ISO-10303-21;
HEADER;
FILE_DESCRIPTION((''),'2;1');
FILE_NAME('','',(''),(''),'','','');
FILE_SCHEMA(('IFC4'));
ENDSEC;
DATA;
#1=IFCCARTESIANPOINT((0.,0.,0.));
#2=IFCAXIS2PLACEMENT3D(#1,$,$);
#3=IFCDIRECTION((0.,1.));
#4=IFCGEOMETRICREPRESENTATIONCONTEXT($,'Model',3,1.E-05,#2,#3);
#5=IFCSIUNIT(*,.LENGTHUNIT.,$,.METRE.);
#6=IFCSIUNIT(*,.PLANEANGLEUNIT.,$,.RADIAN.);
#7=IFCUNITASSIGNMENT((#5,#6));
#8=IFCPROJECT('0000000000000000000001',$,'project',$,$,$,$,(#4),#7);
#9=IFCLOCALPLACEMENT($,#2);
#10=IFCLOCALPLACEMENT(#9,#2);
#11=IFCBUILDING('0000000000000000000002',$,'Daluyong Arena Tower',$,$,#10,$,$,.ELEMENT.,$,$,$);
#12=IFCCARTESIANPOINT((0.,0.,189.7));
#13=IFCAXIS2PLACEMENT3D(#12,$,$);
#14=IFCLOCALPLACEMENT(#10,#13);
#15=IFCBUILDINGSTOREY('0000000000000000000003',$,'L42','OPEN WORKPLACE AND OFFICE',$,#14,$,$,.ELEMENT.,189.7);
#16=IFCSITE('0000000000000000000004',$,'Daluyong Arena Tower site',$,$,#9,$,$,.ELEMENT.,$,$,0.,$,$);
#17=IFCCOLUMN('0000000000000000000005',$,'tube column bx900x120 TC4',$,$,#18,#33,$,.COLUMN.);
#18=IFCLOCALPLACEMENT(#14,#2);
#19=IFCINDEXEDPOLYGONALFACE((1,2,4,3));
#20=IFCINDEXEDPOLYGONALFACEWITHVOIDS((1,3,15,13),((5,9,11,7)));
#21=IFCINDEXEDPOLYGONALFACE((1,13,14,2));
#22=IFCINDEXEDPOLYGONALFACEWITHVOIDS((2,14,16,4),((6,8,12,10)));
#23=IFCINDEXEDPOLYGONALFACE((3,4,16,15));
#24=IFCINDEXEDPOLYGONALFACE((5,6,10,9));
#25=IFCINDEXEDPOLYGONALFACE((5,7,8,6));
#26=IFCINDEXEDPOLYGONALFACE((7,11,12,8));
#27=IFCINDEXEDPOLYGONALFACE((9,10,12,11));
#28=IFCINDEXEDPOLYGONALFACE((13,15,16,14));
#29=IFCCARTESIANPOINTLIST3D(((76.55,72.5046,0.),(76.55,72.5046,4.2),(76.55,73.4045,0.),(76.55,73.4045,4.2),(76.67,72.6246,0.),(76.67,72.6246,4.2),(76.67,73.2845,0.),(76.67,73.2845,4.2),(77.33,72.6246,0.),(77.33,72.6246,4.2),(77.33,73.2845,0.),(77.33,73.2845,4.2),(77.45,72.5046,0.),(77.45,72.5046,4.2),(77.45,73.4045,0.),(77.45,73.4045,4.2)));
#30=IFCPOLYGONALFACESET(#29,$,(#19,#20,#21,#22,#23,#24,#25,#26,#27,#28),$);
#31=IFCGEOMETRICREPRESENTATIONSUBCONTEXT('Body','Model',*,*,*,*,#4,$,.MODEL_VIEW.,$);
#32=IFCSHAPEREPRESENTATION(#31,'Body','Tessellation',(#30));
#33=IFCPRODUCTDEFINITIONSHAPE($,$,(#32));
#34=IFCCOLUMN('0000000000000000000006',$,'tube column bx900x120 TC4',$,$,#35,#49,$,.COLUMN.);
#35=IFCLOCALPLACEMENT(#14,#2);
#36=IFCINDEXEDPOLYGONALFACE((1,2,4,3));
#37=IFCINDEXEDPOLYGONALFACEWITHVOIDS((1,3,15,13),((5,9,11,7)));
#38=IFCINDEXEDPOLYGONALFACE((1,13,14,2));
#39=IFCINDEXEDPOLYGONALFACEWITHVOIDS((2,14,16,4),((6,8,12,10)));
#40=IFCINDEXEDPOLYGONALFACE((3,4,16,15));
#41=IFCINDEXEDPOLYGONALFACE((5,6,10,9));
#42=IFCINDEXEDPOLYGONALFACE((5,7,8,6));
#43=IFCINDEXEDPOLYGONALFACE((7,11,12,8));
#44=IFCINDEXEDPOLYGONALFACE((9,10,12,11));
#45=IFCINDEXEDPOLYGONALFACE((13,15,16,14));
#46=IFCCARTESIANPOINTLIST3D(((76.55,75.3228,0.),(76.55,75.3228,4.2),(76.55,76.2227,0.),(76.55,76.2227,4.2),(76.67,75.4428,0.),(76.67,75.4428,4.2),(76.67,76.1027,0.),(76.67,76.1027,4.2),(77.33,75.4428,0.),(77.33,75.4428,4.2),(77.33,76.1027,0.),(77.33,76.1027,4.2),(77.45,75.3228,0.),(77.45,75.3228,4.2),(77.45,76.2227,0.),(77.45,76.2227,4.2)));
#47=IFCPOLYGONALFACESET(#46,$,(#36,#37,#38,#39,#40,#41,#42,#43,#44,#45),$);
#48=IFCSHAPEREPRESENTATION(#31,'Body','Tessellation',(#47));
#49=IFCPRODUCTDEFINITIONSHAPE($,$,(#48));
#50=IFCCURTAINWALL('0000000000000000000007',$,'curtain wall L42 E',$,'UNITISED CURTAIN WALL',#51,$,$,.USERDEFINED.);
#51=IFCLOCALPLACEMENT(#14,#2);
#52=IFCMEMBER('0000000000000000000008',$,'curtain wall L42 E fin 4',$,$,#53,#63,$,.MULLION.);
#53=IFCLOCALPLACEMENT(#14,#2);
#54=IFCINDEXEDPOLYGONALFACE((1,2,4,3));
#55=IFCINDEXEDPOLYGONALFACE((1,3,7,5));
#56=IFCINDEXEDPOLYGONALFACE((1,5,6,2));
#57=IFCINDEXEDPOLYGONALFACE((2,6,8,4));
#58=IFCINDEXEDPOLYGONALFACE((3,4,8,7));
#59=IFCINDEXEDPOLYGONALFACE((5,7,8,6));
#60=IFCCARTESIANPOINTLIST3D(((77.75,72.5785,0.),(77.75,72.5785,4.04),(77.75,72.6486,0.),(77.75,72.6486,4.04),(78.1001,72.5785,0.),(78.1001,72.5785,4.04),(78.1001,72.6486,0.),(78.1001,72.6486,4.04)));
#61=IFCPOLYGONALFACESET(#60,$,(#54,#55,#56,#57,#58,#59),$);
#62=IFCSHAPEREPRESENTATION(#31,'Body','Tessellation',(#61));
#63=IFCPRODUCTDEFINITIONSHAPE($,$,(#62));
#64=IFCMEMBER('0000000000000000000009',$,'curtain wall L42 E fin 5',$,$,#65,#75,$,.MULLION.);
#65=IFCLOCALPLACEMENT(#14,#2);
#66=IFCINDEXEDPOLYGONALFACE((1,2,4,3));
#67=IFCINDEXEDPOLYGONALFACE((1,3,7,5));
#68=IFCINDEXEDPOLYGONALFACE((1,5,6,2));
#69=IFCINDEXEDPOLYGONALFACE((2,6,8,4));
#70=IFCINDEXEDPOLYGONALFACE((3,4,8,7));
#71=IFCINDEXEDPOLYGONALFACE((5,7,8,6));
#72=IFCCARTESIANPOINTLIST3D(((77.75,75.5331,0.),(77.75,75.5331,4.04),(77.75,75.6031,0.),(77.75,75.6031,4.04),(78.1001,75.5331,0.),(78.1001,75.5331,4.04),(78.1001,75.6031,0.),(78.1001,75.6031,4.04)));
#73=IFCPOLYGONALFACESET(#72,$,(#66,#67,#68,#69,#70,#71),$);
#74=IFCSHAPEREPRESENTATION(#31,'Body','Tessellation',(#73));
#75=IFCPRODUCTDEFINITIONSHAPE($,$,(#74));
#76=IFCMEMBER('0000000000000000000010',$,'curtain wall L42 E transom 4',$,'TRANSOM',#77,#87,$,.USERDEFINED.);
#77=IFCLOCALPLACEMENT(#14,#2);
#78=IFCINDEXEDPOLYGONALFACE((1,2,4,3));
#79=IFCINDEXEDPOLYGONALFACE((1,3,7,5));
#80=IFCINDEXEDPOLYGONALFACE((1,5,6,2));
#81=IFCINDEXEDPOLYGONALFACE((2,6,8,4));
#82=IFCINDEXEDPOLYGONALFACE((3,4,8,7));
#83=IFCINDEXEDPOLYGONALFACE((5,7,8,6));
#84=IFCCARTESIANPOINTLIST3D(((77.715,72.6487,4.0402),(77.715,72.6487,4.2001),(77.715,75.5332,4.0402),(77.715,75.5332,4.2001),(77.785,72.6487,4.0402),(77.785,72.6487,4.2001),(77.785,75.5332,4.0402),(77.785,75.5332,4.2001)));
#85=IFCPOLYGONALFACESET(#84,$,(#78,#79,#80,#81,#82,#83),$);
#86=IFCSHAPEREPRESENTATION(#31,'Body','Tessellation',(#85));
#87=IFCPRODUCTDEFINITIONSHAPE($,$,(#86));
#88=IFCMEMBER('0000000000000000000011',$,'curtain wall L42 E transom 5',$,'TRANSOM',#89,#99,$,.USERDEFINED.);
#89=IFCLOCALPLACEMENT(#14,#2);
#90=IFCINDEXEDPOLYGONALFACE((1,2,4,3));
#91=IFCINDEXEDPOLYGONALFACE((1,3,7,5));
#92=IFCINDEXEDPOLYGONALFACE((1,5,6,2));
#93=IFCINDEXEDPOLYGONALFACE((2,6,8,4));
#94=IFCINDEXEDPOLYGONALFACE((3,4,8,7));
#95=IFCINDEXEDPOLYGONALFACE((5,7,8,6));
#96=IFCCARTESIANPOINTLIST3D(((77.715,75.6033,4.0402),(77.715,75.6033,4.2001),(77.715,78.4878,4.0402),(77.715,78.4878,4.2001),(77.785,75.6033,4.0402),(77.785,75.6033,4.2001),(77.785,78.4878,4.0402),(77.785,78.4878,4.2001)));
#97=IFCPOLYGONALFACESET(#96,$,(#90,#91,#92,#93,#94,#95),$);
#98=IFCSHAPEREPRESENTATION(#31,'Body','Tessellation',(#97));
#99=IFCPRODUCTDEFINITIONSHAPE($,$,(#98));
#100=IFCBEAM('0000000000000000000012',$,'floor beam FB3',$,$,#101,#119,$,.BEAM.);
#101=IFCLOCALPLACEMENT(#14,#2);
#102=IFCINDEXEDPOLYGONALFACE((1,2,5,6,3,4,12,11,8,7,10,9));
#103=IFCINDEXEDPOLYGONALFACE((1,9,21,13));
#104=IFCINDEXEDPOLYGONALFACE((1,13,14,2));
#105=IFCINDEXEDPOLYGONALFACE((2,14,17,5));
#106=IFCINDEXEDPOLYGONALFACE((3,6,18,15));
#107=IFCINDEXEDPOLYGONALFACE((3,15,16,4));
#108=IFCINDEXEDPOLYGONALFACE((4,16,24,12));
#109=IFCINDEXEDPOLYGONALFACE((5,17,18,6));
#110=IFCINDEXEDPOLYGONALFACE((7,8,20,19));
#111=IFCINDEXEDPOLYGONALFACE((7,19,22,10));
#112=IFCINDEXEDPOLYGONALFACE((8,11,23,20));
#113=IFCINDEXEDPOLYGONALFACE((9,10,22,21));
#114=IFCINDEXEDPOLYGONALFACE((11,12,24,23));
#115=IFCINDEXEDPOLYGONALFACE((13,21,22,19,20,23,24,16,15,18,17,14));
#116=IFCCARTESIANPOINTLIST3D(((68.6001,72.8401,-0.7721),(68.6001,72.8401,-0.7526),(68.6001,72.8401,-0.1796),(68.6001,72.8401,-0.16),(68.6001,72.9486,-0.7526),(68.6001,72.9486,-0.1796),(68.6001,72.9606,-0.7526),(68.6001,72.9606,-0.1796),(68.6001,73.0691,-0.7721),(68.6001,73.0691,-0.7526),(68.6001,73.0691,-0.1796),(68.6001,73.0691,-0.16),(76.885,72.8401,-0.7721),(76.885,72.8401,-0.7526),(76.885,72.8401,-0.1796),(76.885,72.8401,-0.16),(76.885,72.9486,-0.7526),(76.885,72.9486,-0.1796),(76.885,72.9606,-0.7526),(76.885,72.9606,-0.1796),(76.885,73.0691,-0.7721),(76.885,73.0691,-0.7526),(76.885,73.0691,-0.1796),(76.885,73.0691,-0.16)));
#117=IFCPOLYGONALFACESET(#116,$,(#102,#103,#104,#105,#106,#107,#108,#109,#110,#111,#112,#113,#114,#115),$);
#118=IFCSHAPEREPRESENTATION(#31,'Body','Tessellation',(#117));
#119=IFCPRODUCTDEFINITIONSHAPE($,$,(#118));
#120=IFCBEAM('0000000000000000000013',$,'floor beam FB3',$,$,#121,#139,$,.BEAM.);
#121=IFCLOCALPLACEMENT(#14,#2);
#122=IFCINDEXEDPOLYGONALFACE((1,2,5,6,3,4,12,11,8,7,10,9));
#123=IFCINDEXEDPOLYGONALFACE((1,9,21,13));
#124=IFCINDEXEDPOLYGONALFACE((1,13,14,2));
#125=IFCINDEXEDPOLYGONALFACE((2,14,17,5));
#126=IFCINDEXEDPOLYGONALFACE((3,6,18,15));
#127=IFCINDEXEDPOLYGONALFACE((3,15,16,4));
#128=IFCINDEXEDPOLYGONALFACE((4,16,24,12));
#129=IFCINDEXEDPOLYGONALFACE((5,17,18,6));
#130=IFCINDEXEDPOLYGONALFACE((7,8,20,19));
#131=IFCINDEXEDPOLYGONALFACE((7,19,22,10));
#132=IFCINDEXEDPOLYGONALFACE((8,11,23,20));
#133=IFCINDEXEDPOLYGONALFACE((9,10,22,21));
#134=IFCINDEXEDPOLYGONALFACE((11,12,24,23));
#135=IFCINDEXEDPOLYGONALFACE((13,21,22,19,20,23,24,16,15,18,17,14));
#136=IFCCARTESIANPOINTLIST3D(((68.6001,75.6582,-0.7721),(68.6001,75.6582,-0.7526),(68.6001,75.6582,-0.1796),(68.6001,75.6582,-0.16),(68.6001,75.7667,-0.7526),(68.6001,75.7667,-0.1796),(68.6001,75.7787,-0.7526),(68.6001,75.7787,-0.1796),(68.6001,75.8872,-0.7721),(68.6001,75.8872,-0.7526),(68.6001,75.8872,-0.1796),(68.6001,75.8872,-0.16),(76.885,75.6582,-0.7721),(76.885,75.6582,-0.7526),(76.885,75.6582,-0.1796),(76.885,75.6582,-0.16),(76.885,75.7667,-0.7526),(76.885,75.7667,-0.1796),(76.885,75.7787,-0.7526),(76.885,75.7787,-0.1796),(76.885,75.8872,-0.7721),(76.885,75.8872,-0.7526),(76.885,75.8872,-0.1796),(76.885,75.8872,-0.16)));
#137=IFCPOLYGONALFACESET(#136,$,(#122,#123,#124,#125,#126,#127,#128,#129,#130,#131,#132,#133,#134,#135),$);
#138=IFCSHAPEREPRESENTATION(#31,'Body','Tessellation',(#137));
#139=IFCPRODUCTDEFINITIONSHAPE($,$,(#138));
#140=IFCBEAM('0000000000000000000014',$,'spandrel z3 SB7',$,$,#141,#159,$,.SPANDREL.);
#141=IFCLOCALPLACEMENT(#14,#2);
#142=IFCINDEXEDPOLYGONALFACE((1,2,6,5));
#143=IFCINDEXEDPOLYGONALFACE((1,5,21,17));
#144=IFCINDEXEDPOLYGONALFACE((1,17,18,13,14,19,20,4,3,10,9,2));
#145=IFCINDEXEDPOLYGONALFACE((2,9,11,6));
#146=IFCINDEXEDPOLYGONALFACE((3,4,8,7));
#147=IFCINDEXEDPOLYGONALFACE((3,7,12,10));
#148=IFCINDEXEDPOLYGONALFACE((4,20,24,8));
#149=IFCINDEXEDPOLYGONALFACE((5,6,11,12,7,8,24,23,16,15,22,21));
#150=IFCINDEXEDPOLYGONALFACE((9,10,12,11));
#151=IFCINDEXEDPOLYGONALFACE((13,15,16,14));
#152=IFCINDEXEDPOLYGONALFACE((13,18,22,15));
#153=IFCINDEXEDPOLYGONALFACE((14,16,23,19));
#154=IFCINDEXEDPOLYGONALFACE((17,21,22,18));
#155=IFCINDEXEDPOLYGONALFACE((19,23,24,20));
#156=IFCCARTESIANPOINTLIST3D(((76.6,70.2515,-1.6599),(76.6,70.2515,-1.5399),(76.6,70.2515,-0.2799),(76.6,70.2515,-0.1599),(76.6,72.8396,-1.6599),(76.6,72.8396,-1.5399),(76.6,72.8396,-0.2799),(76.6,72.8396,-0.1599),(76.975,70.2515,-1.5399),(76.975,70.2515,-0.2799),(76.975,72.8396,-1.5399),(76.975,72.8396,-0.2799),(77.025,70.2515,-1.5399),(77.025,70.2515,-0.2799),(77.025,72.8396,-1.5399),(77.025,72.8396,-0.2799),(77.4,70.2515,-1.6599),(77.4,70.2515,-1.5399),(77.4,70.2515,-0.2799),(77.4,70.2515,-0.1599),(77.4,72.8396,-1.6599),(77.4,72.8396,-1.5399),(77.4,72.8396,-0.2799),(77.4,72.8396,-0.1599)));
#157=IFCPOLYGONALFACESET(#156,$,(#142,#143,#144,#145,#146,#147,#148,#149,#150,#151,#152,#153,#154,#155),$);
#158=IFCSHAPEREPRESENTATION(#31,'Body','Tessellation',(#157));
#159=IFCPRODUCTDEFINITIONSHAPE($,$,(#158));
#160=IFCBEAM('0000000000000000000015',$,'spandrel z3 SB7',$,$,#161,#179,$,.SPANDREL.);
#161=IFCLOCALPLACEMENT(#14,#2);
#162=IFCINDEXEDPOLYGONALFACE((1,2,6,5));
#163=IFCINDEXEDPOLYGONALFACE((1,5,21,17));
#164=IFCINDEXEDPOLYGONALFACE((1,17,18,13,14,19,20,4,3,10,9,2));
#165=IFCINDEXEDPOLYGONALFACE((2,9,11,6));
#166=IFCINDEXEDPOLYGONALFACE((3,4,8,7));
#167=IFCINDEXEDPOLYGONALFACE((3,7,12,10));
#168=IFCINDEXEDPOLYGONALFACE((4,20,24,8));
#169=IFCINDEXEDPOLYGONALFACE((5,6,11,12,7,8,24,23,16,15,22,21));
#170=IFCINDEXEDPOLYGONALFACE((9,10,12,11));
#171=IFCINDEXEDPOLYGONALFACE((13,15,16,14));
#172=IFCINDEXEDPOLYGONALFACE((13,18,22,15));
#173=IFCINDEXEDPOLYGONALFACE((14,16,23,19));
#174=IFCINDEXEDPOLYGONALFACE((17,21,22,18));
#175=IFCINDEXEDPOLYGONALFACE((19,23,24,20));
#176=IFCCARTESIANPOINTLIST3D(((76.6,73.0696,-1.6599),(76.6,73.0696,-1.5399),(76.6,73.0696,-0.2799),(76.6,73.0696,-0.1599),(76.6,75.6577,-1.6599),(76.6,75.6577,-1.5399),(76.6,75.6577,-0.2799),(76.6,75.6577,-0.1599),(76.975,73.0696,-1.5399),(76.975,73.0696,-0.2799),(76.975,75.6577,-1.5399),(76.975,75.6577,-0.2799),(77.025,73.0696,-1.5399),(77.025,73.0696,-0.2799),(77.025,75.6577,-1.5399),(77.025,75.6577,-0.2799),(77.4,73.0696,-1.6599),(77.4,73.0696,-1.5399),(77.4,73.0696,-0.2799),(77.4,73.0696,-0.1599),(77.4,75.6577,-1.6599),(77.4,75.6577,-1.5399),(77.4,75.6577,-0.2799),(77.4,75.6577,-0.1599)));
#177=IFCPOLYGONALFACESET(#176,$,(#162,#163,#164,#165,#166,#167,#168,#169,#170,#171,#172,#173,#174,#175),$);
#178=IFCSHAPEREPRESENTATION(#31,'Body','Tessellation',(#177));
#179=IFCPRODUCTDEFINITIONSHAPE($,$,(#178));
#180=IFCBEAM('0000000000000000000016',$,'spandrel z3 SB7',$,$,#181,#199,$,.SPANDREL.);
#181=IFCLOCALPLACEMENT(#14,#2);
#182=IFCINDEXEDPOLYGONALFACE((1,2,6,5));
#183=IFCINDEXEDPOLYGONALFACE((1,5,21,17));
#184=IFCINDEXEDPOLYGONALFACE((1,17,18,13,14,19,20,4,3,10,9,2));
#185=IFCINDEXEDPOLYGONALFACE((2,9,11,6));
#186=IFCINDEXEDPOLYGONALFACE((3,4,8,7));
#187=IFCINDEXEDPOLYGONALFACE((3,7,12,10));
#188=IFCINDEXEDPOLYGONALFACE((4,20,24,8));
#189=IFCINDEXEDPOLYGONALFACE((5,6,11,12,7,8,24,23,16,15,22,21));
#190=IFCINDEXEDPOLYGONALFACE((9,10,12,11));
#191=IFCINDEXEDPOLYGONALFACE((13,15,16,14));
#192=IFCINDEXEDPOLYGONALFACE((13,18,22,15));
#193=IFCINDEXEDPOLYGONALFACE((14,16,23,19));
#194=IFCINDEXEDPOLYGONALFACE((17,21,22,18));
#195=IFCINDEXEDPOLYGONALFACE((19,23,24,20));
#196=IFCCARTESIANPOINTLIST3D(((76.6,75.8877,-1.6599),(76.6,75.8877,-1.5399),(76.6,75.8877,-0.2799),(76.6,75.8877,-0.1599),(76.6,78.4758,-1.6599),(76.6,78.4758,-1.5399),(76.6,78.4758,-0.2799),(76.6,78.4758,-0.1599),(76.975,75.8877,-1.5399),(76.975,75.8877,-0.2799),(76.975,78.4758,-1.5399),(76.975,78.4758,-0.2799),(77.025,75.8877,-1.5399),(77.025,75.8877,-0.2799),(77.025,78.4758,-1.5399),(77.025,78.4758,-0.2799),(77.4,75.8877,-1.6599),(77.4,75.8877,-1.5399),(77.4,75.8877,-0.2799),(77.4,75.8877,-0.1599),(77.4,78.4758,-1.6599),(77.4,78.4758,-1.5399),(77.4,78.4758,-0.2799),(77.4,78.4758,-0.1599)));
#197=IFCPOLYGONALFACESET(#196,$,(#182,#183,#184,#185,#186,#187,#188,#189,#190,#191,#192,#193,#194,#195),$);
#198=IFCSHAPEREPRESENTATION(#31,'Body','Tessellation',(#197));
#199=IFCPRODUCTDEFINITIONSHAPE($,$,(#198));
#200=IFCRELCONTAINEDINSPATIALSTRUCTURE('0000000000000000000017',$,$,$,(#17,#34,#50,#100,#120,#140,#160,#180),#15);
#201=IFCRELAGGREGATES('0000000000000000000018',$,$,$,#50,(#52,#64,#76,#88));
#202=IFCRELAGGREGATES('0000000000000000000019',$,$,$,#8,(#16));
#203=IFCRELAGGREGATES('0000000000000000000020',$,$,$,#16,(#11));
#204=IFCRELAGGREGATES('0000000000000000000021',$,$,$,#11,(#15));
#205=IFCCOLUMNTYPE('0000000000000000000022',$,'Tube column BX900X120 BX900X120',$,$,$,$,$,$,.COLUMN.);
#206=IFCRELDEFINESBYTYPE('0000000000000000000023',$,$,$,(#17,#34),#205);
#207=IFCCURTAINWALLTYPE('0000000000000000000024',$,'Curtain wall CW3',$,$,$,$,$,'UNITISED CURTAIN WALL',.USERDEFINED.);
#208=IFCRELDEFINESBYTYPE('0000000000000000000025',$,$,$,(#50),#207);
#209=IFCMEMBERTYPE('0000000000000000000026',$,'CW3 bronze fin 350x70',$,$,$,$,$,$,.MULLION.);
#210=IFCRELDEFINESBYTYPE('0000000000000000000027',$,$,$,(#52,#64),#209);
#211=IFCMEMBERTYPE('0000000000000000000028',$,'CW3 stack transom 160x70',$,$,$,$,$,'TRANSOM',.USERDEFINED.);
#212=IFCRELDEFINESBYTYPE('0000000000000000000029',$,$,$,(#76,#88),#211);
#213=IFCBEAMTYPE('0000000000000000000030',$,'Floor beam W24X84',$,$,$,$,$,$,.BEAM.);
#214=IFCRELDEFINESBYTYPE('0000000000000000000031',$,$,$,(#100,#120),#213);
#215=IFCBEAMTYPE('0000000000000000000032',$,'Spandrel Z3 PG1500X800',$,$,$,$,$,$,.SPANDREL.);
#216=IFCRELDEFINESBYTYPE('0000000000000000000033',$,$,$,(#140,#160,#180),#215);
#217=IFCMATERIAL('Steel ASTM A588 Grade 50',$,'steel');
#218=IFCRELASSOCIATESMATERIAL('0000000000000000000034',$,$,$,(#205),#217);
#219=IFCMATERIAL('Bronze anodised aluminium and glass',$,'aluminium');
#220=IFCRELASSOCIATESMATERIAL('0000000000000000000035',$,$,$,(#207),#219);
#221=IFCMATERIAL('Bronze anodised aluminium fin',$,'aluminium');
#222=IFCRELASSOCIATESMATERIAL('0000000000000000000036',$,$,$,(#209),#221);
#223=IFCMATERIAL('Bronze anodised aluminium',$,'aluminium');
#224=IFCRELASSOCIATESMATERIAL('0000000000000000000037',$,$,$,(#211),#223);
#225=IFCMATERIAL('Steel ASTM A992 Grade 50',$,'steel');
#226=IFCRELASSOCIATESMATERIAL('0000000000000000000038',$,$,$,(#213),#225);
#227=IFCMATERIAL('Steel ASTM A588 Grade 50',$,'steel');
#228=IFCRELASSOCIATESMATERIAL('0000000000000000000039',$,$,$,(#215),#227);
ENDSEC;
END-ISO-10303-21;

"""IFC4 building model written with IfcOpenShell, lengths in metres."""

from ifc_helpers import new_model, si_unit, direction, frame, origin, origin_2d, place, context, subcontext, project, spatial, rectangle, hollow_rectangle, i_section, extrude, material, material_profile, profile_set, type_object, element, aggregate, save


model = new_model("IFC4")

# Units and contexts
model_context = context("Model", 3, precision=1e-05, world=origin(), true_north=direction((0.0, 1.0)))
body_context = subcontext(model_context, "Body", "Model", "MODEL_VIEW")
ifc_project = project(units=[si_unit("LENGTHUNIT", "METRE"), si_unit("PLANEANGLEUNIT", "RADIAN")], contexts=[model_context])

# Site, building, storey
site_placement = place(None, origin())
site = spatial("IfcSite", under=ifc_project, at=site_placement, Name="Daluyong Arena Tower site", CompositionType="ELEMENT", RefElevation=0.0)
building_placement = place(site_placement, origin())
building = spatial("IfcBuilding", under=site, at=building_placement, Name="Daluyong Arena Tower", CompositionType="ELEMENT")
storey_placement = place(building_placement, frame((0.0, 0.0, 189.7)))
storey = spatial("IfcBuildingStorey", under=building, at=storey_placement, Name="L42", Description="OPEN WORKPLACE AND OFFICE", CompositionType="ELEMENT", Elevation=189.7)

# Columns
ifc_material_1 = material(Name="Steel ASTM A588 Grade 50", Category="steel")
ifc_material_profile_1 = material_profile(ifc_material_1, hollow_rectangle(XDim=0.8999, YDim=0.8999, WallThickness=0.12, at=origin_2d()))
ifc_profile_set_1 = profile_set([ifc_material_profile_1], Name="Steel ASTM A588 Grade 50")
column_type = type_object("IfcColumnType", Name="Tube column BX900X120 BX900X120", PredefinedType="COLUMN", material=ifc_profile_set_1)
for number, where, z_axis, x_axis, name in (
    (1, (77.0, 72.9546, 0.0), (0.0, 0.0, 1.0), (0.0, 1.0, 0.0), "tube column bx900x120 TC4"),
    (2, (77.0, 75.7727, 0.0), (0.0, 0.0, 1.0), (0.0, 1.0, 0.0), "tube column bx900x120 TC4"),
):
    element("IfcColumn", number, at=place(storey_placement, frame(where, z_axis=z_axis, x_axis=x_axis)), inside=storey, type_object=column_type, Name=name, PredefinedType="COLUMN", context=body_context, shape_type="SweptSolid", body=[
        extrude(hollow_rectangle(XDim=0.8999, YDim=0.8999, WallThickness=0.12, at=origin_2d()), origin(), (0.0, 0.0, 1.0), 4.2),
    ])

# Curtain wall, members
ifc_material_2 = material(Name="Bronze anodised aluminium and glass", Category="aluminium")
curtain_wall_type = type_object("IfcCurtainWallType", Name="Curtain wall CW3", ElementType="UNITISED CURTAIN WALL", PredefinedType="USERDEFINED", material=ifc_material_2)
curtain_wall_placement = place(storey_placement, origin())
curtain_wall = element("IfcCurtainWall", 3, at=curtain_wall_placement, inside=storey, type_object=curtain_wall_type, Name="curtain wall L42 E", ObjectType="UNITISED CURTAIN WALL", PredefinedType="USERDEFINED")
ifc_material_3 = material(Name="Bronze anodised aluminium fin", Category="aluminium")
ifc_material_profile_2 = material_profile(ifc_material_3, rectangle(XDim=0.3501, YDim=0.0701, at=origin_2d()))
ifc_profile_set_2 = profile_set([ifc_material_profile_2], Name="Bronze anodised aluminium fin")
member_type_1 = type_object("IfcMemberType", Name="CW3 bronze fin 350x70", PredefinedType="MULLION", material=ifc_profile_set_2)
member_1_placement = place(storey_placement, frame((77.925, 72.6135, 0.0), z_axis=(0.0, 0.0, 1.0), x_axis=(-1.0, 0.0, 0.0)))
member_1 = element("IfcMember", 4, at=member_1_placement, type_object=member_type_1, Name="curtain wall L42 E fin 4", PredefinedType="MULLION", context=body_context, shape_type="SweptSolid", body=[
    extrude(rectangle(XDim=0.3501, YDim=0.0701, at=origin_2d()), origin(), (0.0, 0.0, 1.0), 4.04),
])
member_2_placement = place(storey_placement, frame((77.925, 75.5681, 0.0), z_axis=(0.0, 0.0, 1.0), x_axis=(-1.0, 0.0, 0.0)))
member_2 = element("IfcMember", 5, at=member_2_placement, type_object=member_type_1, Name="curtain wall L42 E fin 5", PredefinedType="MULLION", context=body_context, shape_type="SweptSolid", body=[
    extrude(rectangle(XDim=0.3501, YDim=0.0701, at=origin_2d()), origin(), (0.0, 0.0, 1.0), 4.04),
])
ifc_material_4 = material(Name="Bronze anodised aluminium", Category="aluminium")
ifc_material_profile_3 = material_profile(ifc_material_4, rectangle(XDim=0.0701, YDim=0.1599, at=origin_2d()))
ifc_profile_set_3 = profile_set([ifc_material_profile_3], Name="Bronze anodised aluminium")
member_type_2 = type_object("IfcMemberType", Name="CW3 stack transom 160x70", ElementType="TRANSOM", PredefinedType="USERDEFINED", material=ifc_profile_set_3)
member_3_placement = place(storey_placement, frame((77.75, 72.6487, 4.1201), z_axis=(0.0, 1.0, 0.0), x_axis=(-1.0, 0.0, 0.0)))
member_3 = element("IfcMember", 6, at=member_3_placement, type_object=member_type_2, Name="curtain wall L42 E transom 4", ObjectType="TRANSOM", PredefinedType="USERDEFINED", context=body_context, shape_type="SweptSolid", body=[
    extrude(rectangle(XDim=0.0701, YDim=0.1599, at=origin_2d()), origin(), (0.0, 0.0, 1.0), 2.8845),
])
member_4_placement = place(storey_placement, frame((77.75, 75.6033, 4.1201), z_axis=(0.0, 1.0, 0.0), x_axis=(-1.0, 0.0, 0.0)))
member_4 = element("IfcMember", 7, at=member_4_placement, type_object=member_type_2, Name="curtain wall L42 E transom 5", ObjectType="TRANSOM", PredefinedType="USERDEFINED", context=body_context, shape_type="SweptSolid", body=[
    extrude(rectangle(XDim=0.0701, YDim=0.1599, at=origin_2d()), origin(), (0.0, 0.0, 1.0), 2.8845),
])

# Beams
ifc_material_5 = material(Name="Steel ASTM A992 Grade 50", Category="steel")
ifc_material_profile_4 = material_profile(ifc_material_5, i_section(OverallWidth=0.229, OverallDepth=0.6121, WebThickness=0.012, FlangeThickness=0.0195, at=origin_2d()))
ifc_profile_set_4 = profile_set([ifc_material_profile_4], Name="Steel ASTM A992 Grade 50")
beam_type_1 = type_object("IfcBeamType", Name="Floor beam W24X84", PredefinedType="BEAM", material=ifc_profile_set_4)
for number, where, z_axis, x_axis, name in (
    (8, (76.885, 72.9546, -0.4661), (-1.0, 0.0, 0.0), (0.0, -1.0, 0.0), "floor beam FB3"),
    (9, (76.885, 75.7727, -0.4661), (-1.0, 0.0, 0.0), (0.0, -1.0, 0.0), "floor beam FB3"),
):
    element("IfcBeam", number, at=place(storey_placement, frame(where, z_axis=z_axis, x_axis=x_axis)), inside=storey, type_object=beam_type_1, Name=name, PredefinedType="BEAM", context=body_context, shape_type="SweptSolid", body=[
        extrude(i_section(OverallWidth=0.229, OverallDepth=0.6121, WebThickness=0.012, FlangeThickness=0.0195, at=origin_2d()), origin(), (0.0, 0.0, 1.0), 8.2849),
    ])
ifc_material_6 = material(Name="Steel ASTM A588 Grade 50", Category="steel")
ifc_material_profile_5 = material_profile(ifc_material_6, i_section(OverallWidth=0.8, OverallDepth=1.5, WebThickness=0.05, FlangeThickness=0.12, at=origin_2d()))
ifc_profile_set_5 = profile_set([ifc_material_profile_5], Name="Steel ASTM A588 Grade 50")
beam_type_2 = type_object("IfcBeamType", Name="Spandrel Z3 PG1500X800", PredefinedType="SPANDREL", material=ifc_profile_set_5)
for number, where, z_axis, x_axis, name in (
    (10, (77.0, 70.2515, -0.9099), (0.0, 1.0, 0.0), (-1.0, 0.0, 0.0), "spandrel z3 SB7"),
    (11, (77.0, 73.0696, -0.9099), (0.0, 1.0, 0.0), (-1.0, 0.0, 0.0), "spandrel z3 SB7"),
    (12, (77.0, 75.8877, -0.9099), (0.0, 1.0, 0.0), (-1.0, 0.0, 0.0), "spandrel z3 SB7"),
):
    element("IfcBeam", number, at=place(storey_placement, frame(where, z_axis=z_axis, x_axis=x_axis)), inside=storey, type_object=beam_type_2, Name=name, PredefinedType="SPANDREL", context=body_context, shape_type="SweptSolid", body=[
        extrude(i_section(OverallWidth=0.8, OverallDepth=1.5, WebThickness=0.05, FlangeThickness=0.12, at=origin_2d()), origin(), (0.0, 0.0, 1.0), 2.5881),
    ])

aggregate(curtain_wall, [member_1, member_2, member_3, member_4])

save(model, "model.ifc")
